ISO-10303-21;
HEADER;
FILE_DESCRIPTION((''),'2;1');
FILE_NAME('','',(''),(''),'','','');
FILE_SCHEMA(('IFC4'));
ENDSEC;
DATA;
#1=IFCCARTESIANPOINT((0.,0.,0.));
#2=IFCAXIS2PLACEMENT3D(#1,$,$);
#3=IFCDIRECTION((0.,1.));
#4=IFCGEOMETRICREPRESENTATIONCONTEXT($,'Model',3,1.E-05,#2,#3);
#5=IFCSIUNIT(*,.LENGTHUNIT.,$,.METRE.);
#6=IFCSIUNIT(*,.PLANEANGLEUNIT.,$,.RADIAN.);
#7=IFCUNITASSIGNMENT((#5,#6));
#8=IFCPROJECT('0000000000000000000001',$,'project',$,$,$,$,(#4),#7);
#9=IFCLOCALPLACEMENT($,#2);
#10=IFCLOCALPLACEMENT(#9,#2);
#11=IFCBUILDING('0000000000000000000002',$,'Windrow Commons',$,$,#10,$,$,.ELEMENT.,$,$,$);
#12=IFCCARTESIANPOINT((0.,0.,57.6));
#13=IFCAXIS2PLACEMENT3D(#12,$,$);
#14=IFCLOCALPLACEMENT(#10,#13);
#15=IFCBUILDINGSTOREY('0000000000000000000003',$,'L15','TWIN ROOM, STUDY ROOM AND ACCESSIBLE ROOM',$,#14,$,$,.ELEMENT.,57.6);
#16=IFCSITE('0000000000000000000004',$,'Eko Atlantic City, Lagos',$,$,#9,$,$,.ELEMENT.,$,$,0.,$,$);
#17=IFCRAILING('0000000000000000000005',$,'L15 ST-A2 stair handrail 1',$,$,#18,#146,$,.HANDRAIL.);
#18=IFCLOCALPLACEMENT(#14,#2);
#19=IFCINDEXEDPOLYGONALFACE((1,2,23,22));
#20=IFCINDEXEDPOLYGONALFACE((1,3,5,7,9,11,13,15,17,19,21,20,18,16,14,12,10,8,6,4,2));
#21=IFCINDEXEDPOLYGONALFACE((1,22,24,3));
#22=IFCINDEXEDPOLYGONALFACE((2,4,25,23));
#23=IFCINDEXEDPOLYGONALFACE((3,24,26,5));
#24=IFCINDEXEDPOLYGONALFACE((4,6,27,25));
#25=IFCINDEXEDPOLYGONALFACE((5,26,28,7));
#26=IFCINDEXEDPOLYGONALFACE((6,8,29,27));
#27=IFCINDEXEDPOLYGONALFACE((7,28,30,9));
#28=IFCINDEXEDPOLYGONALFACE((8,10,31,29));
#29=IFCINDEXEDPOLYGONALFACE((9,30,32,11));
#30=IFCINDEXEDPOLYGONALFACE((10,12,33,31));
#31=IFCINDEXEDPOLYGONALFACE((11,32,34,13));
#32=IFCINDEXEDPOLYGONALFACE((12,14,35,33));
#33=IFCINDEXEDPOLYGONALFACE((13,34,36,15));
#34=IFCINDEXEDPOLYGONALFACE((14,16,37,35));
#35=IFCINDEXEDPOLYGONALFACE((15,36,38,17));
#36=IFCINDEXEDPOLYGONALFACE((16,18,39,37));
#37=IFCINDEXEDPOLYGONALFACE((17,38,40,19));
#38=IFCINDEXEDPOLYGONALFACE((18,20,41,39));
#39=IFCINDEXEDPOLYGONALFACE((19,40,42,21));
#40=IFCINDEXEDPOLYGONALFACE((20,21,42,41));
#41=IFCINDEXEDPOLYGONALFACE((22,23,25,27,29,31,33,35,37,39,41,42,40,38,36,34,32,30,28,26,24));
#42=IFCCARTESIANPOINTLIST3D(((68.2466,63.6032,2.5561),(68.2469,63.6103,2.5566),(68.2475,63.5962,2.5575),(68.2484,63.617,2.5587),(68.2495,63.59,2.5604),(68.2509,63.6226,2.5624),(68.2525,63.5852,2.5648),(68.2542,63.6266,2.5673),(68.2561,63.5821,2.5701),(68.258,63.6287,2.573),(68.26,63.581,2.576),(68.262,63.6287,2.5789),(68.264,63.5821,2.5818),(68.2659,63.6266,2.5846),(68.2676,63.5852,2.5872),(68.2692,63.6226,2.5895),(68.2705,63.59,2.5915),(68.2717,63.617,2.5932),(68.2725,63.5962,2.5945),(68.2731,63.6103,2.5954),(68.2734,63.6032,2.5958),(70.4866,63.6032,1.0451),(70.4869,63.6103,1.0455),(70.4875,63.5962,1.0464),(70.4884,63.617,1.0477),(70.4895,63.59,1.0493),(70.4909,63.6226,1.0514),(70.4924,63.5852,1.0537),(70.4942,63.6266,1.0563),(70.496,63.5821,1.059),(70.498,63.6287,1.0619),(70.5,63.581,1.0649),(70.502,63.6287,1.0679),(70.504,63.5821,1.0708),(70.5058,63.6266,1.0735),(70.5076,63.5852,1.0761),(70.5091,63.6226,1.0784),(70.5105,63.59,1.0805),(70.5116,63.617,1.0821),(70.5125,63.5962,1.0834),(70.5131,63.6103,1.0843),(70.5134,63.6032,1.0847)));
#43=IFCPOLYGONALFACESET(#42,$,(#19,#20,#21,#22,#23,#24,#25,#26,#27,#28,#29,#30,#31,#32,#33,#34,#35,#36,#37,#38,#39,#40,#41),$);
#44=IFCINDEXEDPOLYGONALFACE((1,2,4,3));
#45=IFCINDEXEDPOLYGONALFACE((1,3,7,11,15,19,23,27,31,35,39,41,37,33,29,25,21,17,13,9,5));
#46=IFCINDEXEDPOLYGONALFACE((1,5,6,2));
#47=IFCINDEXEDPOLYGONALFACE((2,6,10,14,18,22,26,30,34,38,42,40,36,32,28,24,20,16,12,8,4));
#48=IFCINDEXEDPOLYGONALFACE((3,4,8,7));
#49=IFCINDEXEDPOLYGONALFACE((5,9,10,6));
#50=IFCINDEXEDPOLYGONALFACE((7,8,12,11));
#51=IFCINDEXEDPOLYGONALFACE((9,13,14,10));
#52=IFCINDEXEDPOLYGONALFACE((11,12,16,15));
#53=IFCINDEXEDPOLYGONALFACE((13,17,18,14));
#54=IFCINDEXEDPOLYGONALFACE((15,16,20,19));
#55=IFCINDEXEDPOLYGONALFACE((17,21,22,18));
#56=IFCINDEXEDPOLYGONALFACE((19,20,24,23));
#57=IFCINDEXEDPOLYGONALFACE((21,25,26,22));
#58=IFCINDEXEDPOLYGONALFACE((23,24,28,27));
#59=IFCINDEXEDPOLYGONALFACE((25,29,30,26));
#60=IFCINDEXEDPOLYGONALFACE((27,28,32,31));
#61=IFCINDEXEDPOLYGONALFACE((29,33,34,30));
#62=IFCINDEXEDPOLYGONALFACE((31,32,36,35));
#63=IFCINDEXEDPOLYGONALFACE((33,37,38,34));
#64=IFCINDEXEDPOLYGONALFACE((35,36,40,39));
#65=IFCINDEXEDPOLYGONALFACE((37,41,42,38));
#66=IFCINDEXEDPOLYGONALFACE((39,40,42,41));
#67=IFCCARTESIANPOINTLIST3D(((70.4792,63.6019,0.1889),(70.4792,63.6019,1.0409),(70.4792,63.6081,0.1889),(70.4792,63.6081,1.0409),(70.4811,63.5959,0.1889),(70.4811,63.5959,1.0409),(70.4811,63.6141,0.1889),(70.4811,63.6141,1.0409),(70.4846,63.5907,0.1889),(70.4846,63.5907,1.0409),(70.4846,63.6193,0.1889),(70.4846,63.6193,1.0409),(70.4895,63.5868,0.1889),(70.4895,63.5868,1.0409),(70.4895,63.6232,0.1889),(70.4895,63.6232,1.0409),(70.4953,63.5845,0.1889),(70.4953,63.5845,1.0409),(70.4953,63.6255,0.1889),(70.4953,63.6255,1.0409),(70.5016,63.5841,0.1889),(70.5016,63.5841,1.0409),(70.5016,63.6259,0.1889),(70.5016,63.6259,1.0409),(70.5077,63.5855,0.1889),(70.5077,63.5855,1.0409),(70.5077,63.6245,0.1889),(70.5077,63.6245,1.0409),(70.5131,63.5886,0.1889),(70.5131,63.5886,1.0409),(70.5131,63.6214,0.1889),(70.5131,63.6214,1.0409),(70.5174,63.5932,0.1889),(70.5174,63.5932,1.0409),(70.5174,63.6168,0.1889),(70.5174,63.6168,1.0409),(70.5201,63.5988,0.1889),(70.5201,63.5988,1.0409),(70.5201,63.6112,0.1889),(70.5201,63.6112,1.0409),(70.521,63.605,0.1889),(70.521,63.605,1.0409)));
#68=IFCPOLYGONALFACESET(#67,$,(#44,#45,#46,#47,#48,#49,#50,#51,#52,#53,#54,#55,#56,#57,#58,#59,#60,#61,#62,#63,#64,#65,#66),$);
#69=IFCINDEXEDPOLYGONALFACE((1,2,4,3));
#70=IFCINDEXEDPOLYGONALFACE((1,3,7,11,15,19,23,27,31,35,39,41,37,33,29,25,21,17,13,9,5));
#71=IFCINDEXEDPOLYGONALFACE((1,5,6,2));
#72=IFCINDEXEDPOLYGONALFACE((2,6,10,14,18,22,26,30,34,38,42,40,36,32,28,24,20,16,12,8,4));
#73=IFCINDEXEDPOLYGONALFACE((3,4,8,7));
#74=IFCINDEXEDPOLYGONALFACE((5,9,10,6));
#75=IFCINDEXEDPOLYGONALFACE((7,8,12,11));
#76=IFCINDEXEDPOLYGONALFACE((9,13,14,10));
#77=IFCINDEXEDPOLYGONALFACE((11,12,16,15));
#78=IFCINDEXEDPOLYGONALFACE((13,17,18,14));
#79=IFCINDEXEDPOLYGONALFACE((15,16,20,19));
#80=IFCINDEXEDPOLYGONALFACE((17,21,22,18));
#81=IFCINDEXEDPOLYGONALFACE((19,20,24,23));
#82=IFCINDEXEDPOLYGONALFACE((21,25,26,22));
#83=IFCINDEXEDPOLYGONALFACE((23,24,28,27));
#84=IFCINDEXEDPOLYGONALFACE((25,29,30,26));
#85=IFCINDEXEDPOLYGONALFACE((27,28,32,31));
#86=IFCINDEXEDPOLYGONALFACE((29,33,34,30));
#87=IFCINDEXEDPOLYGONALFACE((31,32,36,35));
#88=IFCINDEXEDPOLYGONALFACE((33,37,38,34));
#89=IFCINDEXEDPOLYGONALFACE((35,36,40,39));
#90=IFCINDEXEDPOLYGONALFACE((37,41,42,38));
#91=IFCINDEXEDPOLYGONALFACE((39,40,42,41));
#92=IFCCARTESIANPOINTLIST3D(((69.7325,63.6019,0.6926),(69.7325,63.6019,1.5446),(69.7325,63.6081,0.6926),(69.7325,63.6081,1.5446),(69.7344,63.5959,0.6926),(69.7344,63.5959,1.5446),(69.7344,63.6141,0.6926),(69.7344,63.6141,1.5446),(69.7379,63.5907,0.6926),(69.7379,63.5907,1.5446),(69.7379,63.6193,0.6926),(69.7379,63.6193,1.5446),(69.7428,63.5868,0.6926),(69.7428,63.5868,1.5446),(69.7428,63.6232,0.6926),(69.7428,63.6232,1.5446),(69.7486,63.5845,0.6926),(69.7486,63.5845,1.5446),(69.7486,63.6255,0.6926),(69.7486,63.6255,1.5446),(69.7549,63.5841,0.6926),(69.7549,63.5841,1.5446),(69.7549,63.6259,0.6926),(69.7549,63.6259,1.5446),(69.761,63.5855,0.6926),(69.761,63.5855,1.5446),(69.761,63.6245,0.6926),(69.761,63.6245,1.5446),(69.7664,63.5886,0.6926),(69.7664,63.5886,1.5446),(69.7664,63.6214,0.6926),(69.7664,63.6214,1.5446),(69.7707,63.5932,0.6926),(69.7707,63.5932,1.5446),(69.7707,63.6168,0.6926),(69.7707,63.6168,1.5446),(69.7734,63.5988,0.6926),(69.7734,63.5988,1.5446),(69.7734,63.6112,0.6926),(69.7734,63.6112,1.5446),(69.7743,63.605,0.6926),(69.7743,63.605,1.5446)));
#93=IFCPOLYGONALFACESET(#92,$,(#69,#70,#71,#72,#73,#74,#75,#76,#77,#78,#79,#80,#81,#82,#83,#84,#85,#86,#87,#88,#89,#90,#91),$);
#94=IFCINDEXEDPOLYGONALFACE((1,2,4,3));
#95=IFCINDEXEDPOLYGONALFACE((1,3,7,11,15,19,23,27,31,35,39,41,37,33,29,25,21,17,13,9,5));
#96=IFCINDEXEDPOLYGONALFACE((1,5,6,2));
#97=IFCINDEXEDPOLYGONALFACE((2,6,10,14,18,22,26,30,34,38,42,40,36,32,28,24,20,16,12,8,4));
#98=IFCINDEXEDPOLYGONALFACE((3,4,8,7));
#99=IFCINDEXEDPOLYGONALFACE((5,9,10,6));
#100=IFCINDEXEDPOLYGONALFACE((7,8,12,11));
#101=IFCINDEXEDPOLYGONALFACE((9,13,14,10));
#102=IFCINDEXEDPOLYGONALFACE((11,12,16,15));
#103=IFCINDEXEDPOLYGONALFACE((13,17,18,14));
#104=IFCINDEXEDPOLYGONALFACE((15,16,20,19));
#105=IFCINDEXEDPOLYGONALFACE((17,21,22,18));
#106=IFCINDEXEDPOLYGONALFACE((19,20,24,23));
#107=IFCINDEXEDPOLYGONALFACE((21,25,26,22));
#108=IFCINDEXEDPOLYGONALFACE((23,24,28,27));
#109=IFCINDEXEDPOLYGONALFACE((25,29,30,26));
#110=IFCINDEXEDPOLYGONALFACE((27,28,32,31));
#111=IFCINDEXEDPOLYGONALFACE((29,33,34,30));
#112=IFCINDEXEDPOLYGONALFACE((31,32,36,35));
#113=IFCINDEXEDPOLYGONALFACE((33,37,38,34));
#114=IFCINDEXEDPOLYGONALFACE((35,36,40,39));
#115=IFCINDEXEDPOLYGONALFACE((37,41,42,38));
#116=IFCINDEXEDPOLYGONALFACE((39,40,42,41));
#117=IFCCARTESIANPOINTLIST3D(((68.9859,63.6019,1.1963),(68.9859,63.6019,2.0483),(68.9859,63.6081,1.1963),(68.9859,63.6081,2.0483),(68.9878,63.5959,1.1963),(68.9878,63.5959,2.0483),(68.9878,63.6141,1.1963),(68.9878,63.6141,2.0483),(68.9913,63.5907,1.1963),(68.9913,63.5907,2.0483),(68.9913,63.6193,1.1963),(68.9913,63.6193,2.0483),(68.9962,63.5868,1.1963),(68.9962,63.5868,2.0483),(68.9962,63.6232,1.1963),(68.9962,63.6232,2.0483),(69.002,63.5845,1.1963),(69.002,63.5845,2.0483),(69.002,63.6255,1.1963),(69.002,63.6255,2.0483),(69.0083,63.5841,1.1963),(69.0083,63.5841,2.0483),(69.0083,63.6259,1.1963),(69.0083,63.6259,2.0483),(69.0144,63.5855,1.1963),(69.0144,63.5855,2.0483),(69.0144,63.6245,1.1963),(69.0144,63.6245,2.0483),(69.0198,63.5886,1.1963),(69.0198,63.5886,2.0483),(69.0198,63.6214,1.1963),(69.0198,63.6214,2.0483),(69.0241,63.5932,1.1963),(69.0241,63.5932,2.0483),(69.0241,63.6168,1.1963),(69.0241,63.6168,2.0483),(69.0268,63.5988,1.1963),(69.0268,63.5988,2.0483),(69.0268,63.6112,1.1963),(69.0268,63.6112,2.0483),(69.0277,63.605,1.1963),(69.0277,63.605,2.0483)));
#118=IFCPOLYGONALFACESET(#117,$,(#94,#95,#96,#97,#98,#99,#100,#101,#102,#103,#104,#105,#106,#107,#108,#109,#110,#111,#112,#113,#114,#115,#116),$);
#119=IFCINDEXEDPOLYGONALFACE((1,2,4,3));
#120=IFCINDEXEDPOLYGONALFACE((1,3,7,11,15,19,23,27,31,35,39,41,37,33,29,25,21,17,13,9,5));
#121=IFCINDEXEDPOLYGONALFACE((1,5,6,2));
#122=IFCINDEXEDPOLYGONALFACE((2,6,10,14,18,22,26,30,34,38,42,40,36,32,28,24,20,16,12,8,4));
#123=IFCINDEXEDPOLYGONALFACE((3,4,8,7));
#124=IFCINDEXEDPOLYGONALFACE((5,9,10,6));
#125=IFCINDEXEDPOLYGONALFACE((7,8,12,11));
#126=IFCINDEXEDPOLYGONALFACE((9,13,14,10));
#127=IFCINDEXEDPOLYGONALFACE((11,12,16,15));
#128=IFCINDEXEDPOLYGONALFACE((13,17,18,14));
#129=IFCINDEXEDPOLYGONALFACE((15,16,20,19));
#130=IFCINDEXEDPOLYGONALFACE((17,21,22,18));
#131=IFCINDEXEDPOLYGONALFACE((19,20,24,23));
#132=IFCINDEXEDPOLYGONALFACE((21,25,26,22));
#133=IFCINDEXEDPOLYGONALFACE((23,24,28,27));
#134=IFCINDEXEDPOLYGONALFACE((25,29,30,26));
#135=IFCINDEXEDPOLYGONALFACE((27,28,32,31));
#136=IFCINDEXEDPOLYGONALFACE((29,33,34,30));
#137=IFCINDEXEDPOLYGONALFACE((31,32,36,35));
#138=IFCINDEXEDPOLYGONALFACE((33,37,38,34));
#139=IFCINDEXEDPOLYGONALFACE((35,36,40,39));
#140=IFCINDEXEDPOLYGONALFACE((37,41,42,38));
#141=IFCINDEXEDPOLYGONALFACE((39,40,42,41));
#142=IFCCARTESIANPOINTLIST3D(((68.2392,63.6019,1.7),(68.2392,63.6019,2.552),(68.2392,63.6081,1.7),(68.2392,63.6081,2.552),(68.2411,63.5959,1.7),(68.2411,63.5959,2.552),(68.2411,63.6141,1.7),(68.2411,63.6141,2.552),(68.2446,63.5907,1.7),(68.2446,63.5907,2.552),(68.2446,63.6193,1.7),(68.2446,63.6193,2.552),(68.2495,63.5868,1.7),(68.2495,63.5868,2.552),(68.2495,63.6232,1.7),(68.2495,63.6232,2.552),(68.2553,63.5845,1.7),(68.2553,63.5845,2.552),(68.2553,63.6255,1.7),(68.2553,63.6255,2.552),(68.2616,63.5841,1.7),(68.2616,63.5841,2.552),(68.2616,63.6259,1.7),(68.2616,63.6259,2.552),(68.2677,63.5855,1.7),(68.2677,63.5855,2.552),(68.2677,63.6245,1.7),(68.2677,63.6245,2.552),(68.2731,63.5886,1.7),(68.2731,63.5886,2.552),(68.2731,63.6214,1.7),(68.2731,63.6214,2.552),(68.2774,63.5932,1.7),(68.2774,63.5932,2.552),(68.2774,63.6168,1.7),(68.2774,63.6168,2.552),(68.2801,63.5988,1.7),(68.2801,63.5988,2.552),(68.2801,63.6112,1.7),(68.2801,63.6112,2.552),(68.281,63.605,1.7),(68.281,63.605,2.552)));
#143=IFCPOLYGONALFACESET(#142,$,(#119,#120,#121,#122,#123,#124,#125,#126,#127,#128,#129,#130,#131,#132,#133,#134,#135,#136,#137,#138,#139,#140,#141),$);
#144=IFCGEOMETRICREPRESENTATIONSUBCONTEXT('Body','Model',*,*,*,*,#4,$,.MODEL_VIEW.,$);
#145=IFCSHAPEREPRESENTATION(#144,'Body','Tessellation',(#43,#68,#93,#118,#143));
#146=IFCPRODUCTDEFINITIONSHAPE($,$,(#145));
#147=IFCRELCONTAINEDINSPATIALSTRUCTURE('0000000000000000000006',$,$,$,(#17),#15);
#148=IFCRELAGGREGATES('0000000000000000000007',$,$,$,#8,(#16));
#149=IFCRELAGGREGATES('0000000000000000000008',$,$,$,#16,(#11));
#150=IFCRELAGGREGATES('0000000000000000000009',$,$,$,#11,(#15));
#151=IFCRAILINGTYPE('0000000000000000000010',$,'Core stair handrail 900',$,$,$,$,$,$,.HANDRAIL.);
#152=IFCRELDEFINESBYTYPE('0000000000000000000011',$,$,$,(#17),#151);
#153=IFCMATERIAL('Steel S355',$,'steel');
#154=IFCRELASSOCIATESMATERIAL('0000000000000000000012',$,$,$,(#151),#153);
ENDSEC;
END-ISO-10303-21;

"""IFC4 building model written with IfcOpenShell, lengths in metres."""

from ifc_helpers import new_model, si_unit, direction, frame, origin, origin_2d, place, context, subcontext, project, spatial, circle, extrude, material, type_object, element, save


model = new_model("IFC4")

# Units and contexts
model_context = context("Model", 3, precision=1e-05, world=origin(), true_north=direction((0.0, 1.0)))
body_context = subcontext(model_context, "Body", "Model", "MODEL_VIEW")
ifc_project = project(units=[si_unit("LENGTHUNIT", "METRE"), si_unit("PLANEANGLEUNIT", "RADIAN")], contexts=[model_context])

# Site, building, storey
site_placement = place(None, origin())
site = spatial("IfcSite", under=ifc_project, at=site_placement, Name="Eko Atlantic City, Lagos", CompositionType="ELEMENT", RefElevation=0.0)
building_placement = place(site_placement, origin())
building = spatial("IfcBuilding", under=site, at=building_placement, Name="Windrow Commons", CompositionType="ELEMENT")
storey_placement = place(building_placement, frame((0.0, 0.0, 57.6)))
storey = spatial("IfcBuildingStorey", under=building, at=storey_placement, Name="L15", Description="TWIN ROOM, STUDY ROOM AND ACCESSIBLE ROOM", CompositionType="ELEMENT", Elevation=57.6)

# Railing
ifc_material_1 = material(Name="Steel S355", Category="steel")
railing_type_1 = type_object("IfcRailingType", Name="Core stair handrail 900", PredefinedType="HANDRAIL", material=ifc_material_1)
for number, where, name in (
    (1, (70.5, 63.605, 0.1889), "L15 ST-A2 stair handrail 1"),
):
    element("IfcRailing", number, at=place(storey_placement, frame(where)), inside=storey, type_object=railing_type_1, Name=name, PredefinedType="HANDRAIL", context=body_context, shape_type="SweptSolid", body=[
        extrude(circle(Radius=0.024, at=origin_2d()), frame((0.0, 0.0, 0.876), z_axis=(-0.829003, 0.0, 0.559244), x_axis=(0.0, -1.0, 0.0)), (0.0, 0.0, 1.0), 2.702),
        extrude(circle(Radius=0.021, at=origin_2d()), origin(), (0.0, 0.0, 1.0), 0.852),
        extrude(circle(Radius=0.021, at=origin_2d()), frame((-0.7467, 0.0, 0.5037)), (0.0, 0.0, 1.0), 0.852),
        extrude(circle(Radius=0.021, at=origin_2d()), frame((-1.4933, 0.0, 1.0074)), (0.0, 0.0, 1.0), 0.852),
        extrude(circle(Radius=0.021, at=origin_2d()), frame((-2.24, 0.0, 1.5111)), (0.0, 0.0, 1.0), 0.852),
    ])

save(model, "model.ifc")
